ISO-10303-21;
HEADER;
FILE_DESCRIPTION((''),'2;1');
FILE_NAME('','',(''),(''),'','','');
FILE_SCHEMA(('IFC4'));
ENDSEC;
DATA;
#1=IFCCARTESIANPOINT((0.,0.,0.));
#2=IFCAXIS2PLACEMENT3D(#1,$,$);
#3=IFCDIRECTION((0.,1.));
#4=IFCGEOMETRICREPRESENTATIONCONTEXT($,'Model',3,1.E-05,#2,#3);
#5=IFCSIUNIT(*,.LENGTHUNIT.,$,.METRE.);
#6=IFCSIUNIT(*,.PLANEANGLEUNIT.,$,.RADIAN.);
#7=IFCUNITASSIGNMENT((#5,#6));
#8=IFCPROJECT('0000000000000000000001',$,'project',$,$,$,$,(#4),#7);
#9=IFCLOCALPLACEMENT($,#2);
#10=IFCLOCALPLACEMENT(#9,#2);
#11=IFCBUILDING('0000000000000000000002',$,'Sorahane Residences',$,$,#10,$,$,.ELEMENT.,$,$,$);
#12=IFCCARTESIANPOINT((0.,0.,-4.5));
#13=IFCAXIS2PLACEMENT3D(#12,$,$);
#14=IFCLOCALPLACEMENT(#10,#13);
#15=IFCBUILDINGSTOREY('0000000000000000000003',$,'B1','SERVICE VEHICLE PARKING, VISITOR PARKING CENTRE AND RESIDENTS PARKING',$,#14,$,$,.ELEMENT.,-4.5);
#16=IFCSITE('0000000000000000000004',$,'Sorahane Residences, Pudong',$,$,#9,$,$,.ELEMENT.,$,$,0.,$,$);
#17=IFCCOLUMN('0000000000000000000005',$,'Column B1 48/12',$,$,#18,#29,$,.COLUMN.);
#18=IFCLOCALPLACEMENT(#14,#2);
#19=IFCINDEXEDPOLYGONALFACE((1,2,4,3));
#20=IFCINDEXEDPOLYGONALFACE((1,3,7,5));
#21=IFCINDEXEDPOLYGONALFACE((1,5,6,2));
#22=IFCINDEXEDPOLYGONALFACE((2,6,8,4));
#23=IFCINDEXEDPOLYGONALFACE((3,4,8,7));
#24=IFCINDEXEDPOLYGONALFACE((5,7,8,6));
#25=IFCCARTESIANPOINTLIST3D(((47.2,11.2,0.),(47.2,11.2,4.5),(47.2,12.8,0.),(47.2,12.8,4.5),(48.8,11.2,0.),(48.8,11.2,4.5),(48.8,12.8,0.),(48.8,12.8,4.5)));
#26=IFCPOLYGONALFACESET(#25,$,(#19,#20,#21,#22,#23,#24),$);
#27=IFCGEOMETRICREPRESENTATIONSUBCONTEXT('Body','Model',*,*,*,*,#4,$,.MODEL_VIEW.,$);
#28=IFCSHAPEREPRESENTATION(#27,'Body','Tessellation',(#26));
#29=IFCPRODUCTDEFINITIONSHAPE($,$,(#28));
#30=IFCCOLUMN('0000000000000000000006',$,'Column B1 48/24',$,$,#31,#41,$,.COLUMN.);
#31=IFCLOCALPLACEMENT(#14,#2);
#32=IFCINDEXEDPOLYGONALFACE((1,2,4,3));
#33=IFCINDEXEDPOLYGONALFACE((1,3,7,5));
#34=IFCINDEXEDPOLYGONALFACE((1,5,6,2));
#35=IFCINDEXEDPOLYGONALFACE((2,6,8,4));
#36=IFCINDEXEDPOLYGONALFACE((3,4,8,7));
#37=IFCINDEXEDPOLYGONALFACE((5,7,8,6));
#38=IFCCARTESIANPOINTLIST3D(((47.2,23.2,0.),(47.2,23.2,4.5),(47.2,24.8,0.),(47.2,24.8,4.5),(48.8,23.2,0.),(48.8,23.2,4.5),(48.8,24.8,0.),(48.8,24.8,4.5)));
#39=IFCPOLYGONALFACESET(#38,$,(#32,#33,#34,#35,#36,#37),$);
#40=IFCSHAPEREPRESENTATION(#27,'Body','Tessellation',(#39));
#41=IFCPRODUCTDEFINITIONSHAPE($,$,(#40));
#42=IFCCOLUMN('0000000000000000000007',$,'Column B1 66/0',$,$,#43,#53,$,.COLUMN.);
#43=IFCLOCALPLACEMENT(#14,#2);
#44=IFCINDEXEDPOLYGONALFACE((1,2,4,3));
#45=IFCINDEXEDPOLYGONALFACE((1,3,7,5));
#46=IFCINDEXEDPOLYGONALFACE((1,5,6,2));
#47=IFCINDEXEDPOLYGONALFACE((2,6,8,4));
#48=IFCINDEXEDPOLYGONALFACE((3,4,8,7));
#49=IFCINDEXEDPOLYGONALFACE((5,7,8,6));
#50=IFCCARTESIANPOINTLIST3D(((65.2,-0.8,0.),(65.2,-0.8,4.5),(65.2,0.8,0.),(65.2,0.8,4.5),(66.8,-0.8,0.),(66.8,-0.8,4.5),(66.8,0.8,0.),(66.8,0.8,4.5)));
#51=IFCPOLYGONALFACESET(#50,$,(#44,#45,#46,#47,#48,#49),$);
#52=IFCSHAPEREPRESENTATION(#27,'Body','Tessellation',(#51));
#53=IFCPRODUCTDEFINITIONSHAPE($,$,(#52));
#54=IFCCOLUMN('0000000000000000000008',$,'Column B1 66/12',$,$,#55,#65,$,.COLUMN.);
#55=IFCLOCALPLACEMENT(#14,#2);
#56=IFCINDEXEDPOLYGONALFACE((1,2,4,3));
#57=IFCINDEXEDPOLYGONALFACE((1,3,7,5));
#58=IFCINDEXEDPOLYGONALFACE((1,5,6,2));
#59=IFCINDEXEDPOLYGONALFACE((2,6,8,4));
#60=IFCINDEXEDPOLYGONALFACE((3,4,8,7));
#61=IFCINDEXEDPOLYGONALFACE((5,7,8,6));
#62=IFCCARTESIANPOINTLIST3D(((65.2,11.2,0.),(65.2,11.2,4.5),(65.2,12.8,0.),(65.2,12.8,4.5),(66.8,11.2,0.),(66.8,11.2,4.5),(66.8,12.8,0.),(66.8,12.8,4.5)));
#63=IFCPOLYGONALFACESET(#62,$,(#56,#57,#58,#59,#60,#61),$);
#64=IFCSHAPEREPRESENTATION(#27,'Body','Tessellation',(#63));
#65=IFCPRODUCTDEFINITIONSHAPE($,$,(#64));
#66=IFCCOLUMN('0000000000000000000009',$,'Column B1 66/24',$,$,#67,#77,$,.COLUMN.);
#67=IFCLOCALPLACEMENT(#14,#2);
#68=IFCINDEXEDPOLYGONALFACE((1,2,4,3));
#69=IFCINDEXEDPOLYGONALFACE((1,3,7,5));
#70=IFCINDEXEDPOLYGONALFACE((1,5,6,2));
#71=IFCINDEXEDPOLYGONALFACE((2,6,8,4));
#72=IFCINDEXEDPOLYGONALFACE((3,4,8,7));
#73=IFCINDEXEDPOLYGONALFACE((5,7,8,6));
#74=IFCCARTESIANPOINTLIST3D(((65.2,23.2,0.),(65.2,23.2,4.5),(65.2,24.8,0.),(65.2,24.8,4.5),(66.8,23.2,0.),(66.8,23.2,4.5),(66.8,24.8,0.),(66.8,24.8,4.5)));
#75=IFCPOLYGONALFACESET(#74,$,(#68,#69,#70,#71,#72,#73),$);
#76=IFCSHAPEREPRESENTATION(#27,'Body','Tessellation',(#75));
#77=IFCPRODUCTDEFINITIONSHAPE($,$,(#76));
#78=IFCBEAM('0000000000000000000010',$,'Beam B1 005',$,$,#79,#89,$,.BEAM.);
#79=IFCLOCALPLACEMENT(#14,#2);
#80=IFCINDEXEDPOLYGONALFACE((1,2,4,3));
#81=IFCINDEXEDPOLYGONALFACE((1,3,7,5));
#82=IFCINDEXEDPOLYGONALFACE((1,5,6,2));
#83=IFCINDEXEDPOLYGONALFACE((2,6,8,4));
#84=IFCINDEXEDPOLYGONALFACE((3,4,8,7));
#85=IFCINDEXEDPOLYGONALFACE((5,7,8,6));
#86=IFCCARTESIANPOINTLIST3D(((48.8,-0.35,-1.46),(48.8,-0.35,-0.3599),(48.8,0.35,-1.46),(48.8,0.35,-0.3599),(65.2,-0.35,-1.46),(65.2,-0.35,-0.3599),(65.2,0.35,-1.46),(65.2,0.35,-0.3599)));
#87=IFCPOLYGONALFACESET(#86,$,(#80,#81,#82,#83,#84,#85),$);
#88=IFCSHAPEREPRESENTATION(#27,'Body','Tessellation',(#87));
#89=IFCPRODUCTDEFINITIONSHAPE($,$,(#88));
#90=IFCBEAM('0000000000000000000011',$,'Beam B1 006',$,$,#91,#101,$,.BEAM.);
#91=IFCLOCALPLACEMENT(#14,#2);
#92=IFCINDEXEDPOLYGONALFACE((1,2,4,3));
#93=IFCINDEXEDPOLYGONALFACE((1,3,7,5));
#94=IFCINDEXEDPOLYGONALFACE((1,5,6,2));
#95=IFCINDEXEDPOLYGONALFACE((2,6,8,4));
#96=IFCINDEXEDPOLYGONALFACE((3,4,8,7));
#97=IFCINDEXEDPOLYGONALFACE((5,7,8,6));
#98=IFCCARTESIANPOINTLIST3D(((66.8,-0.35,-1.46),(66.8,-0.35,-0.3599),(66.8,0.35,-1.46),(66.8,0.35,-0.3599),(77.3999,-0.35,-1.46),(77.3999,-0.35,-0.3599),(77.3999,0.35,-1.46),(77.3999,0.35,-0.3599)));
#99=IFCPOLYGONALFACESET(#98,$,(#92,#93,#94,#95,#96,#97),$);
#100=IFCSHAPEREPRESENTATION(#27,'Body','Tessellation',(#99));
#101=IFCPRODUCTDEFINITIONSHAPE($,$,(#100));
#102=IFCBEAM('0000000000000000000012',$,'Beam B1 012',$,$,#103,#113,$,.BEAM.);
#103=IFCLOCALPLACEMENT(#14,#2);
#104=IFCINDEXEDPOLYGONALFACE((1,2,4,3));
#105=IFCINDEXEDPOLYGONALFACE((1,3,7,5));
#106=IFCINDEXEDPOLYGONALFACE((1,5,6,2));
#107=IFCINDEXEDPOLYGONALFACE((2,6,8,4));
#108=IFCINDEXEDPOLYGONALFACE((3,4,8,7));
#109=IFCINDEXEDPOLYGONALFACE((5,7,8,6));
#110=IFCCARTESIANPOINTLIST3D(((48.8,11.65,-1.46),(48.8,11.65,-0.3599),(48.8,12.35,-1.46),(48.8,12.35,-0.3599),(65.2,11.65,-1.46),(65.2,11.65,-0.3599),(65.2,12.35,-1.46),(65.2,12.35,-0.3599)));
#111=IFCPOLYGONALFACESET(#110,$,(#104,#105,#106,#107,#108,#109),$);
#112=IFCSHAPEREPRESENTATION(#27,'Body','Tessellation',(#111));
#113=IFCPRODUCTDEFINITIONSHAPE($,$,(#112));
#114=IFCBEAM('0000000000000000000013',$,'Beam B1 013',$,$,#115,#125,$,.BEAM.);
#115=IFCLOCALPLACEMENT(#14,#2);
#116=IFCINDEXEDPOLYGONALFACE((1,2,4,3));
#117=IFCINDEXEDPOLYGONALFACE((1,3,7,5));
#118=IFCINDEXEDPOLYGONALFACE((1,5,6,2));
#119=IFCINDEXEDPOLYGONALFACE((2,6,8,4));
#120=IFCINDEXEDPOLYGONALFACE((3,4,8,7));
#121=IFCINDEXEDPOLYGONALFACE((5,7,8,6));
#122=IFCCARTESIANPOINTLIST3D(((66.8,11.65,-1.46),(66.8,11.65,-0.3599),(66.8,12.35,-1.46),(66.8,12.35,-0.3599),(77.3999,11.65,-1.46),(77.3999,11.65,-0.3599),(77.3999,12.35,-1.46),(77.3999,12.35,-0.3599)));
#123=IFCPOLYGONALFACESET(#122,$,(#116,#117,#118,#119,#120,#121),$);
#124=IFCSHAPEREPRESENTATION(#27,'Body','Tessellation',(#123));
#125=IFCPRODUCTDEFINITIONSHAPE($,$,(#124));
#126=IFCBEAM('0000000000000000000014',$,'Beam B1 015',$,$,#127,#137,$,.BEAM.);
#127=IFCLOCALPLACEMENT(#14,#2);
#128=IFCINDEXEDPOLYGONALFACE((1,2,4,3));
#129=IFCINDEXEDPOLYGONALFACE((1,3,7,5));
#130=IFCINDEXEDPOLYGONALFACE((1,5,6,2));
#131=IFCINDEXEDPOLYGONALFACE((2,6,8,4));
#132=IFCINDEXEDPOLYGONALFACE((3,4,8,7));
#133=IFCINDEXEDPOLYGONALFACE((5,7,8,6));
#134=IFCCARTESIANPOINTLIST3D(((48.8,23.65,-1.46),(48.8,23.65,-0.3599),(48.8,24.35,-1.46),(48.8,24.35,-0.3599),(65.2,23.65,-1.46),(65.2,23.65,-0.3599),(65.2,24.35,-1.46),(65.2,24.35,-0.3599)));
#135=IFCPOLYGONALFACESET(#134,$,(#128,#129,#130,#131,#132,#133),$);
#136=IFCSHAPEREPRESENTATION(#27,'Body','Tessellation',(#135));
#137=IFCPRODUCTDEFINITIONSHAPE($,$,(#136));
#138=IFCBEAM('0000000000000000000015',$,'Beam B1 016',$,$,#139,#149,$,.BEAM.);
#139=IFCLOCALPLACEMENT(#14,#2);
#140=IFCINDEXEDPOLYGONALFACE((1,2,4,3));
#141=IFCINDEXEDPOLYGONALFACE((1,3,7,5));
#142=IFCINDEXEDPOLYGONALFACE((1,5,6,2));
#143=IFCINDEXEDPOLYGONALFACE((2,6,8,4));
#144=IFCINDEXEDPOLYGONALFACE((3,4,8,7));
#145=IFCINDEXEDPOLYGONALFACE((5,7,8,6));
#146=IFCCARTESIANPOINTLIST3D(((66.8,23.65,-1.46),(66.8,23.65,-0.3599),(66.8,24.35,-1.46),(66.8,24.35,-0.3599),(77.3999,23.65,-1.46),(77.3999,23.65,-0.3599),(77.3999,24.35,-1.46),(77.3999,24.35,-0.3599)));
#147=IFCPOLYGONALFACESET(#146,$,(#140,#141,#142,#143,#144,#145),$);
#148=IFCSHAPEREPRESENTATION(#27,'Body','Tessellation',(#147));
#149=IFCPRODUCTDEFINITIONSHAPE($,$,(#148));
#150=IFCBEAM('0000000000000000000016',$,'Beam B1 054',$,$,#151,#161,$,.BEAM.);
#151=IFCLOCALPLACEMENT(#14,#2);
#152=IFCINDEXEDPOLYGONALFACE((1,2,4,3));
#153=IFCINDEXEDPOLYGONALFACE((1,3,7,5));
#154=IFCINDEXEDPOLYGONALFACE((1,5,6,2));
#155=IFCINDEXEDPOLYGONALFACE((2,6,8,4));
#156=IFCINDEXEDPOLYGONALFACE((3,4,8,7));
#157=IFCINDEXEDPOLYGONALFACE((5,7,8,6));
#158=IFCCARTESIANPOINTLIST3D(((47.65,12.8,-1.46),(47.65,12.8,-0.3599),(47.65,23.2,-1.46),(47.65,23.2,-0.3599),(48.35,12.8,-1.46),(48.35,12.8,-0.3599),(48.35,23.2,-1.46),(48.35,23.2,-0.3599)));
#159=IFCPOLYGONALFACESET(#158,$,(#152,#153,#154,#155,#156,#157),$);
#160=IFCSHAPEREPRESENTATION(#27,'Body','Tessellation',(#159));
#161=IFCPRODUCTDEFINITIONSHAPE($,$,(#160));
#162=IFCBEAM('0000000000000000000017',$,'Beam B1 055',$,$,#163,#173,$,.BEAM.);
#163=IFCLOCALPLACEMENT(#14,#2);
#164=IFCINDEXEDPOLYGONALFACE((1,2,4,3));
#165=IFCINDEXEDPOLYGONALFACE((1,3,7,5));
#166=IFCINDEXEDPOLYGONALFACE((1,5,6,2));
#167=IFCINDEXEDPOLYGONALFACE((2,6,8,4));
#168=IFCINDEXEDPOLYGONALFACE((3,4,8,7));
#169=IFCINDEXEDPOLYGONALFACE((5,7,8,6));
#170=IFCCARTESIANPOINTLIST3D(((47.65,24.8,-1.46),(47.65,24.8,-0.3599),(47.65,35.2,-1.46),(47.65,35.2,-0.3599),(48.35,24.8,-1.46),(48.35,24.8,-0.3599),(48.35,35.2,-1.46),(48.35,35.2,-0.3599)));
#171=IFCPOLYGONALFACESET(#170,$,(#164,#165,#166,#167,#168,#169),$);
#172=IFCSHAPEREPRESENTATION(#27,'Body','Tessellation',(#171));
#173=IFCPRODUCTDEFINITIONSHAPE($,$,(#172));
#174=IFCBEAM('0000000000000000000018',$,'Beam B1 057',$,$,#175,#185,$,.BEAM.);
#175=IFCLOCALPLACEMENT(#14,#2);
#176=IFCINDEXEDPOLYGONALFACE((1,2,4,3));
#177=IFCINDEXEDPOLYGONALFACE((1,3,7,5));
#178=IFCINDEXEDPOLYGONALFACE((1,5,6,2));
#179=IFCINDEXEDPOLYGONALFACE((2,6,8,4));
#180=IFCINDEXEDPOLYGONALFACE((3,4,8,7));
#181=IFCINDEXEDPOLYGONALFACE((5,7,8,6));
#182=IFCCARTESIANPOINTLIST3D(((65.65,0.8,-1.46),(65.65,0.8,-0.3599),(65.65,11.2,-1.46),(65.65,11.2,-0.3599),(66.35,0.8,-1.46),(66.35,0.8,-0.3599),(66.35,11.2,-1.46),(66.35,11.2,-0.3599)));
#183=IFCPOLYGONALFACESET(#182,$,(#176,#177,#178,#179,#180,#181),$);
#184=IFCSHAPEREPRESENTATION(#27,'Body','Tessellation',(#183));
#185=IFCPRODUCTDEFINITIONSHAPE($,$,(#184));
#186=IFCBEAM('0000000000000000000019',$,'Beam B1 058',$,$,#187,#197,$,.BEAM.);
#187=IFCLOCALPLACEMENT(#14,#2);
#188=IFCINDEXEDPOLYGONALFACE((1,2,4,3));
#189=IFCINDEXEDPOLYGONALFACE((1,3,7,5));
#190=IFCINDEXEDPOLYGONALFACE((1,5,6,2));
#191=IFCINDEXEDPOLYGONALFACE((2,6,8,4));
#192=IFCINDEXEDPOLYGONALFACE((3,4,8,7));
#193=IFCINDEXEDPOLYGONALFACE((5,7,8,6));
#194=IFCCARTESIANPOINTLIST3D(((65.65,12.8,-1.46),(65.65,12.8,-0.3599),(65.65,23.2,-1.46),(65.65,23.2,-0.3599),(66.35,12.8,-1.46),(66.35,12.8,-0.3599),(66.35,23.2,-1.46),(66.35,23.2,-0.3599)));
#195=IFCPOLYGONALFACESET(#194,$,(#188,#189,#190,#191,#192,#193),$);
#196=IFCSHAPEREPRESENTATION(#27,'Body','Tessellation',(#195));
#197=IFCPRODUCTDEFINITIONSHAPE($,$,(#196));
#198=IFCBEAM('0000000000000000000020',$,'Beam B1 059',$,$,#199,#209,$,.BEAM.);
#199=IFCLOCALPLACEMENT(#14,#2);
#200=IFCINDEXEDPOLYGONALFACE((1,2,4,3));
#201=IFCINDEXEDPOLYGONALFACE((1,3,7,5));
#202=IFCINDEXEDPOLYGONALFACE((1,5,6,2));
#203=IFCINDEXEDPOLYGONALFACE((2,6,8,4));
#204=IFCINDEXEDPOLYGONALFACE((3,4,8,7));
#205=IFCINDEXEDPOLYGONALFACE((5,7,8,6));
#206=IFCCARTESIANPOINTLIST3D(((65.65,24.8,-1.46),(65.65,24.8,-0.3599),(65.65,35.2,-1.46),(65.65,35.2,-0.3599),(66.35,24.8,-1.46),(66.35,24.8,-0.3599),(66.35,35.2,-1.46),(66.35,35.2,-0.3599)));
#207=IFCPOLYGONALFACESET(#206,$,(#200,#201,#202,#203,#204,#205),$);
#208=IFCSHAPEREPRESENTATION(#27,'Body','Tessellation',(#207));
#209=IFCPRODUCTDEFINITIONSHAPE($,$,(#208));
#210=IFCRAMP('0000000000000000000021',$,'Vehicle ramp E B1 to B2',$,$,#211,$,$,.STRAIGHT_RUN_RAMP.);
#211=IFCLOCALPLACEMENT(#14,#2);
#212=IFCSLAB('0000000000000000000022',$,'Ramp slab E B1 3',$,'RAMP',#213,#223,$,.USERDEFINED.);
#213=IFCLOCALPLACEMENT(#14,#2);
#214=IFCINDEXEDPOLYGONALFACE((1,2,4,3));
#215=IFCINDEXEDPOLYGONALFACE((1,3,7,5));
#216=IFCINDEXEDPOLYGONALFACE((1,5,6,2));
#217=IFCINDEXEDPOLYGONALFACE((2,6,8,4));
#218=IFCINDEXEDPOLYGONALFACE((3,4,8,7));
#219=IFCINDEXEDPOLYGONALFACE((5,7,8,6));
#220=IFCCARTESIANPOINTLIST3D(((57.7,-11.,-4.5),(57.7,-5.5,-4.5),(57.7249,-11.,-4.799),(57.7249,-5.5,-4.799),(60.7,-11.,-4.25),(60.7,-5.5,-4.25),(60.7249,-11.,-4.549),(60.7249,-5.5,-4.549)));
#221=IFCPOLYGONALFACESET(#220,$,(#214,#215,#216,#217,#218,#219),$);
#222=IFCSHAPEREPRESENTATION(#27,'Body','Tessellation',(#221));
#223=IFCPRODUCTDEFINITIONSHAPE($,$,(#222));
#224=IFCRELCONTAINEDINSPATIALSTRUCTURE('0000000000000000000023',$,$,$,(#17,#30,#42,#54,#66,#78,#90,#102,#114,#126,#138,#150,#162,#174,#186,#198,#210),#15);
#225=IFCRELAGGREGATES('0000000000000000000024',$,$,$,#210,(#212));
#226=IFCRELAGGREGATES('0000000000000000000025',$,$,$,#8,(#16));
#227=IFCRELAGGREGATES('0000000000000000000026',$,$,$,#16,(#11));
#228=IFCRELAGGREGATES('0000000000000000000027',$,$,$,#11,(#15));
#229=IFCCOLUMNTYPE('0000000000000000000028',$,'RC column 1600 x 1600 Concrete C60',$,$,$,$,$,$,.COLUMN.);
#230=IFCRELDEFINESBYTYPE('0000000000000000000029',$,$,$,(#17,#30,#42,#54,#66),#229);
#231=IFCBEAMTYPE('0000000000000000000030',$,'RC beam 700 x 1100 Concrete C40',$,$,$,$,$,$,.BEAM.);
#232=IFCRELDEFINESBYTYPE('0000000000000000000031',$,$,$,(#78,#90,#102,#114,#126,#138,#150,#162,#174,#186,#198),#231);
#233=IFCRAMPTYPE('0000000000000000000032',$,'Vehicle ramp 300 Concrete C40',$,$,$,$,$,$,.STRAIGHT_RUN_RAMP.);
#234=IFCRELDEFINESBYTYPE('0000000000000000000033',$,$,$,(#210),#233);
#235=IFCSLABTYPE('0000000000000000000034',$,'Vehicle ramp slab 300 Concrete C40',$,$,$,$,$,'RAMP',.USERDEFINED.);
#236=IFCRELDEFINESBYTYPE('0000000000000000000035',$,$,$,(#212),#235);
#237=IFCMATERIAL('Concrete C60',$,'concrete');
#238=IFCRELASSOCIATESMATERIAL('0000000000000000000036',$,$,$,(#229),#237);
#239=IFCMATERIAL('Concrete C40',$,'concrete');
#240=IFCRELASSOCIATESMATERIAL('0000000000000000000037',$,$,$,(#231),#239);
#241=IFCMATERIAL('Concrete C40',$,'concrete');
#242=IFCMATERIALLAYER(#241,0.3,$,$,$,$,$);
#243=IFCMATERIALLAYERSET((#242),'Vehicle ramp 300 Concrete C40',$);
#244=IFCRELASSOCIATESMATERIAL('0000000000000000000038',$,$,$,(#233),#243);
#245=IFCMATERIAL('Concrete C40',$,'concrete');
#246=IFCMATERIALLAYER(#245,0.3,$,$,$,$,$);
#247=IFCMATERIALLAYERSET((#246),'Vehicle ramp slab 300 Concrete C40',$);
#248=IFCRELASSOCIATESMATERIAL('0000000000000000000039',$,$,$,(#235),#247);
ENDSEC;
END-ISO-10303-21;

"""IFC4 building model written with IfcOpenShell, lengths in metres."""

from ifc_helpers import new_model, si_unit, direction, frame, origin, origin_2d, place, context, subcontext, project, spatial, polyline, rectangle, outline, extrude, material, layer, layer_set, material_profile, profile_set, type_object, element, aggregate, save


model = new_model("IFC4")

# Units and contexts
model_context = context("Model", 3, precision=1e-05, world=origin(), true_north=direction((0.0, 1.0)))
body_context = subcontext(model_context, "Body", "Model", "MODEL_VIEW")
ifc_project = project(units=[si_unit("LENGTHUNIT", "METRE"), si_unit("PLANEANGLEUNIT", "RADIAN")], contexts=[model_context])

# Site, building, storey
site_placement = place(None, origin())
site = spatial("IfcSite", under=ifc_project, at=site_placement, Name="Sorahane Residences, Pudong", CompositionType="ELEMENT", RefElevation=0.0)
building_placement = place(site_placement, origin())
building = spatial("IfcBuilding", under=site, at=building_placement, Name="Sorahane Residences", CompositionType="ELEMENT")
storey_placement = place(building_placement, frame((0.0, 0.0, -4.5)))
storey = spatial("IfcBuildingStorey", under=building, at=storey_placement, Name="B1", Description="SERVICE VEHICLE PARKING, VISITOR PARKING CENTRE AND RESIDENTS PARKING", CompositionType="ELEMENT", Elevation=-4.5)

# Columns
ifc_material_1 = material(Name="Concrete C60", Category="concrete")
ifc_material_profile_1 = material_profile(ifc_material_1, rectangle(XDim=1.6001, YDim=1.6001, at=origin_2d()), Name="1600x1600")
ifc_profile_set_1 = profile_set([ifc_material_profile_1], Name="Concrete C60")
column_type = type_object("IfcColumnType", Name="RC column 1600 x 1600 Concrete C60", PredefinedType="COLUMN", material=ifc_profile_set_1)
for number, where, z_axis, x_axis, name in (
    (1, (48.0, 12.0, 0.0), (0.0, 0.0, 1.0), (1.0, 0.0, 0.0), "Column B1 48/12"),
    (2, (48.0, 24.0, 0.0), (0.0, 0.0, 1.0), (1.0, 0.0, 0.0), "Column B1 48/24"),
    (3, (66.0, 0.0, 0.0), (0.0, 0.0, 1.0), (1.0, 0.0, 0.0), "Column B1 66/0"),
    (4, (66.0, 12.0, 0.0), (0.0, 0.0, 1.0), (1.0, 0.0, 0.0), "Column B1 66/12"),
    (5, (66.0, 24.0, 0.0), (0.0, 0.0, 1.0), (1.0, 0.0, 0.0), "Column B1 66/24"),
):
    element("IfcColumn", number, at=place(storey_placement, frame(where, z_axis=z_axis, x_axis=x_axis)), inside=storey, type_object=column_type, Name=name, PredefinedType="COLUMN", context=body_context, shape_type="SweptSolid", body=[
        extrude(rectangle(XDim=1.6001, YDim=1.6001, at=origin_2d()), origin(), (0.0, 0.0, 1.0), 4.5),
    ])

# Beams
ifc_material_2 = material(Name="Concrete C40", Category="concrete")
ifc_material_profile_2 = material_profile(ifc_material_2, rectangle(XDim=0.7, YDim=1.1001, at=origin_2d()), Name="700x1100")
ifc_profile_set_2 = profile_set([ifc_material_profile_2], Name="Concrete C40")
beam_type = type_object("IfcBeamType", Name="RC beam 700 x 1100 Concrete C40", PredefinedType="BEAM", material=ifc_profile_set_2)
beam_1_placement = place(storey_placement, frame((48.8, 0.0, -0.9099), z_axis=(1.0, 0.0, 0.0), x_axis=(0.0, 1.0, 0.0)))
element("IfcBeam", 6, at=beam_1_placement, inside=storey, type_object=beam_type, Name="Beam B1 005", PredefinedType="BEAM", context=body_context, shape_type="SweptSolid", body=[
    extrude(rectangle(XDim=0.7, YDim=1.1001, at=origin_2d()), origin(), (0.0, 0.0, 1.0), 16.3999),
])
beam_2_placement = place(storey_placement, frame((66.8, 0.0, -0.9099), z_axis=(1.0, 0.0, 0.0), x_axis=(0.0, 1.0, 0.0)))
element("IfcBeam", 7, at=beam_2_placement, inside=storey, type_object=beam_type, Name="Beam B1 006", PredefinedType="BEAM", context=body_context, shape_type="SweptSolid", body=[
    extrude(rectangle(XDim=0.7, YDim=1.1001, at=origin_2d()), origin(), (0.0, 0.0, 1.0), 10.5999),
])
beam_3_placement = place(storey_placement, frame((48.8, 12.0, -0.9099), z_axis=(1.0, 0.0, 0.0), x_axis=(0.0, 1.0, 0.0)))
element("IfcBeam", 8, at=beam_3_placement, inside=storey, type_object=beam_type, Name="Beam B1 012", PredefinedType="BEAM", context=body_context, shape_type="SweptSolid", body=[
    extrude(rectangle(XDim=0.7, YDim=1.1001, at=origin_2d()), origin(), (0.0, 0.0, 1.0), 16.3999),
])
beam_4_placement = place(storey_placement, frame((66.8, 12.0, -0.9099), z_axis=(1.0, 0.0, 0.0), x_axis=(0.0, 1.0, 0.0)))
element("IfcBeam", 9, at=beam_4_placement, inside=storey, type_object=beam_type, Name="Beam B1 013", PredefinedType="BEAM", context=body_context, shape_type="SweptSolid", body=[
    extrude(rectangle(XDim=0.7, YDim=1.1001, at=origin_2d()), origin(), (0.0, 0.0, 1.0), 10.5999),
])
beam_5_placement = place(storey_placement, frame((48.8, 24.0, -0.9099), z_axis=(1.0, 0.0, 0.0), x_axis=(0.0, 1.0, 0.0)))
element("IfcBeam", 10, at=beam_5_placement, inside=storey, type_object=beam_type, Name="Beam B1 015", PredefinedType="BEAM", context=body_context, shape_type="SweptSolid", body=[
    extrude(rectangle(XDim=0.7, YDim=1.1001, at=origin_2d()), origin(), (0.0, 0.0, 1.0), 16.3999),
])
beam_6_placement = place(storey_placement, frame((66.8, 24.0, -0.9099), z_axis=(1.0, 0.0, 0.0), x_axis=(0.0, 1.0, 0.0)))
element("IfcBeam", 11, at=beam_6_placement, inside=storey, type_object=beam_type, Name="Beam B1 016", PredefinedType="BEAM", context=body_context, shape_type="SweptSolid", body=[
    extrude(rectangle(XDim=0.7, YDim=1.1001, at=origin_2d()), origin(), (0.0, 0.0, 1.0), 10.5999),
])
for number, where, z_axis, x_axis, name in (
    (12, (48.0, 12.8, -0.9099), (0.0, 1.0, 0.0), (-1.0, 0.0, 0.0), "Beam B1 054"),
    (13, (48.0, 24.8, -0.9099), (0.0, 1.0, 0.0), (-1.0, 0.0, 0.0), "Beam B1 055"),
    (14, (66.0, 0.8, -0.9099), (0.0, 1.0, 0.0), (-1.0, 0.0, 0.0), "Beam B1 057"),
    (15, (66.0, 12.8, -0.9099), (0.0, 1.0, 0.0), (-1.0, 0.0, 0.0), "Beam B1 058"),
    (16, (66.0, 24.8, -0.9099), (0.0, 1.0, 0.0), (-1.0, 0.0, 0.0), "Beam B1 059"),
):
    element("IfcBeam", number, at=place(storey_placement, frame(where, z_axis=z_axis, x_axis=x_axis)), inside=storey, type_object=beam_type, Name=name, PredefinedType="BEAM", context=body_context, shape_type="SweptSolid", body=[
        extrude(rectangle(XDim=0.7, YDim=1.1001, at=origin_2d()), origin(), (0.0, 0.0, 1.0), 10.3999),
    ])

# Ramp, slab
ifc_material_3 = material(Name="Concrete C40", Category="concrete")
ifc_layer_1 = layer(ifc_material_3, 0.3)
ifc_layer_set_1 = layer_set([ifc_layer_1], Name="Vehicle ramp 300 Concrete C40")
ramp_type = type_object("IfcRampType", Name="Vehicle ramp 300 Concrete C40", PredefinedType="STRAIGHT_RUN_RAMP", material=ifc_layer_set_1)
ramp_placement = place(storey_placement, origin())
ramp = element("IfcRamp", 17, at=ramp_placement, inside=storey, type_object=ramp_type, Name="Vehicle ramp E B1 to B2", PredefinedType="STRAIGHT_RUN_RAMP")
ifc_material_4 = material(Name="Concrete C40", Category="concrete")
ifc_layer_2 = layer(ifc_material_4, 0.3)
ifc_layer_set_2 = layer_set([ifc_layer_2], Name="Vehicle ramp slab 300 Concrete C40")
slab_type = type_object("IfcSlabType", Name="Vehicle ramp slab 300 Concrete C40", ElementType="RAMP", PredefinedType="USERDEFINED", material=ifc_layer_set_2)
slab_placement = place(storey_placement, frame((60.7, -11.0, -4.25), z_axis=(-0.083045, 0.0, 0.996546), x_axis=(-0.996546, 0.0, -0.083045)))
slab = element("IfcSlab", 18, at=slab_placement, type_object=slab_type, Name="Ramp slab E B1 3", ObjectType="RAMP", PredefinedType="USERDEFINED", context=body_context, shape_type="SweptSolid", body=[
    extrude(outline(polyline([(0.0, 0.0), (3.0104, 0.0), (3.0104, -5.5), (0.0, -5.5), (0.0, 0.0)])), origin(), (0.0, 0.0, -1.0), 0.3),
])
aggregate(ramp, [slab])

save(model, "model.ifc")
